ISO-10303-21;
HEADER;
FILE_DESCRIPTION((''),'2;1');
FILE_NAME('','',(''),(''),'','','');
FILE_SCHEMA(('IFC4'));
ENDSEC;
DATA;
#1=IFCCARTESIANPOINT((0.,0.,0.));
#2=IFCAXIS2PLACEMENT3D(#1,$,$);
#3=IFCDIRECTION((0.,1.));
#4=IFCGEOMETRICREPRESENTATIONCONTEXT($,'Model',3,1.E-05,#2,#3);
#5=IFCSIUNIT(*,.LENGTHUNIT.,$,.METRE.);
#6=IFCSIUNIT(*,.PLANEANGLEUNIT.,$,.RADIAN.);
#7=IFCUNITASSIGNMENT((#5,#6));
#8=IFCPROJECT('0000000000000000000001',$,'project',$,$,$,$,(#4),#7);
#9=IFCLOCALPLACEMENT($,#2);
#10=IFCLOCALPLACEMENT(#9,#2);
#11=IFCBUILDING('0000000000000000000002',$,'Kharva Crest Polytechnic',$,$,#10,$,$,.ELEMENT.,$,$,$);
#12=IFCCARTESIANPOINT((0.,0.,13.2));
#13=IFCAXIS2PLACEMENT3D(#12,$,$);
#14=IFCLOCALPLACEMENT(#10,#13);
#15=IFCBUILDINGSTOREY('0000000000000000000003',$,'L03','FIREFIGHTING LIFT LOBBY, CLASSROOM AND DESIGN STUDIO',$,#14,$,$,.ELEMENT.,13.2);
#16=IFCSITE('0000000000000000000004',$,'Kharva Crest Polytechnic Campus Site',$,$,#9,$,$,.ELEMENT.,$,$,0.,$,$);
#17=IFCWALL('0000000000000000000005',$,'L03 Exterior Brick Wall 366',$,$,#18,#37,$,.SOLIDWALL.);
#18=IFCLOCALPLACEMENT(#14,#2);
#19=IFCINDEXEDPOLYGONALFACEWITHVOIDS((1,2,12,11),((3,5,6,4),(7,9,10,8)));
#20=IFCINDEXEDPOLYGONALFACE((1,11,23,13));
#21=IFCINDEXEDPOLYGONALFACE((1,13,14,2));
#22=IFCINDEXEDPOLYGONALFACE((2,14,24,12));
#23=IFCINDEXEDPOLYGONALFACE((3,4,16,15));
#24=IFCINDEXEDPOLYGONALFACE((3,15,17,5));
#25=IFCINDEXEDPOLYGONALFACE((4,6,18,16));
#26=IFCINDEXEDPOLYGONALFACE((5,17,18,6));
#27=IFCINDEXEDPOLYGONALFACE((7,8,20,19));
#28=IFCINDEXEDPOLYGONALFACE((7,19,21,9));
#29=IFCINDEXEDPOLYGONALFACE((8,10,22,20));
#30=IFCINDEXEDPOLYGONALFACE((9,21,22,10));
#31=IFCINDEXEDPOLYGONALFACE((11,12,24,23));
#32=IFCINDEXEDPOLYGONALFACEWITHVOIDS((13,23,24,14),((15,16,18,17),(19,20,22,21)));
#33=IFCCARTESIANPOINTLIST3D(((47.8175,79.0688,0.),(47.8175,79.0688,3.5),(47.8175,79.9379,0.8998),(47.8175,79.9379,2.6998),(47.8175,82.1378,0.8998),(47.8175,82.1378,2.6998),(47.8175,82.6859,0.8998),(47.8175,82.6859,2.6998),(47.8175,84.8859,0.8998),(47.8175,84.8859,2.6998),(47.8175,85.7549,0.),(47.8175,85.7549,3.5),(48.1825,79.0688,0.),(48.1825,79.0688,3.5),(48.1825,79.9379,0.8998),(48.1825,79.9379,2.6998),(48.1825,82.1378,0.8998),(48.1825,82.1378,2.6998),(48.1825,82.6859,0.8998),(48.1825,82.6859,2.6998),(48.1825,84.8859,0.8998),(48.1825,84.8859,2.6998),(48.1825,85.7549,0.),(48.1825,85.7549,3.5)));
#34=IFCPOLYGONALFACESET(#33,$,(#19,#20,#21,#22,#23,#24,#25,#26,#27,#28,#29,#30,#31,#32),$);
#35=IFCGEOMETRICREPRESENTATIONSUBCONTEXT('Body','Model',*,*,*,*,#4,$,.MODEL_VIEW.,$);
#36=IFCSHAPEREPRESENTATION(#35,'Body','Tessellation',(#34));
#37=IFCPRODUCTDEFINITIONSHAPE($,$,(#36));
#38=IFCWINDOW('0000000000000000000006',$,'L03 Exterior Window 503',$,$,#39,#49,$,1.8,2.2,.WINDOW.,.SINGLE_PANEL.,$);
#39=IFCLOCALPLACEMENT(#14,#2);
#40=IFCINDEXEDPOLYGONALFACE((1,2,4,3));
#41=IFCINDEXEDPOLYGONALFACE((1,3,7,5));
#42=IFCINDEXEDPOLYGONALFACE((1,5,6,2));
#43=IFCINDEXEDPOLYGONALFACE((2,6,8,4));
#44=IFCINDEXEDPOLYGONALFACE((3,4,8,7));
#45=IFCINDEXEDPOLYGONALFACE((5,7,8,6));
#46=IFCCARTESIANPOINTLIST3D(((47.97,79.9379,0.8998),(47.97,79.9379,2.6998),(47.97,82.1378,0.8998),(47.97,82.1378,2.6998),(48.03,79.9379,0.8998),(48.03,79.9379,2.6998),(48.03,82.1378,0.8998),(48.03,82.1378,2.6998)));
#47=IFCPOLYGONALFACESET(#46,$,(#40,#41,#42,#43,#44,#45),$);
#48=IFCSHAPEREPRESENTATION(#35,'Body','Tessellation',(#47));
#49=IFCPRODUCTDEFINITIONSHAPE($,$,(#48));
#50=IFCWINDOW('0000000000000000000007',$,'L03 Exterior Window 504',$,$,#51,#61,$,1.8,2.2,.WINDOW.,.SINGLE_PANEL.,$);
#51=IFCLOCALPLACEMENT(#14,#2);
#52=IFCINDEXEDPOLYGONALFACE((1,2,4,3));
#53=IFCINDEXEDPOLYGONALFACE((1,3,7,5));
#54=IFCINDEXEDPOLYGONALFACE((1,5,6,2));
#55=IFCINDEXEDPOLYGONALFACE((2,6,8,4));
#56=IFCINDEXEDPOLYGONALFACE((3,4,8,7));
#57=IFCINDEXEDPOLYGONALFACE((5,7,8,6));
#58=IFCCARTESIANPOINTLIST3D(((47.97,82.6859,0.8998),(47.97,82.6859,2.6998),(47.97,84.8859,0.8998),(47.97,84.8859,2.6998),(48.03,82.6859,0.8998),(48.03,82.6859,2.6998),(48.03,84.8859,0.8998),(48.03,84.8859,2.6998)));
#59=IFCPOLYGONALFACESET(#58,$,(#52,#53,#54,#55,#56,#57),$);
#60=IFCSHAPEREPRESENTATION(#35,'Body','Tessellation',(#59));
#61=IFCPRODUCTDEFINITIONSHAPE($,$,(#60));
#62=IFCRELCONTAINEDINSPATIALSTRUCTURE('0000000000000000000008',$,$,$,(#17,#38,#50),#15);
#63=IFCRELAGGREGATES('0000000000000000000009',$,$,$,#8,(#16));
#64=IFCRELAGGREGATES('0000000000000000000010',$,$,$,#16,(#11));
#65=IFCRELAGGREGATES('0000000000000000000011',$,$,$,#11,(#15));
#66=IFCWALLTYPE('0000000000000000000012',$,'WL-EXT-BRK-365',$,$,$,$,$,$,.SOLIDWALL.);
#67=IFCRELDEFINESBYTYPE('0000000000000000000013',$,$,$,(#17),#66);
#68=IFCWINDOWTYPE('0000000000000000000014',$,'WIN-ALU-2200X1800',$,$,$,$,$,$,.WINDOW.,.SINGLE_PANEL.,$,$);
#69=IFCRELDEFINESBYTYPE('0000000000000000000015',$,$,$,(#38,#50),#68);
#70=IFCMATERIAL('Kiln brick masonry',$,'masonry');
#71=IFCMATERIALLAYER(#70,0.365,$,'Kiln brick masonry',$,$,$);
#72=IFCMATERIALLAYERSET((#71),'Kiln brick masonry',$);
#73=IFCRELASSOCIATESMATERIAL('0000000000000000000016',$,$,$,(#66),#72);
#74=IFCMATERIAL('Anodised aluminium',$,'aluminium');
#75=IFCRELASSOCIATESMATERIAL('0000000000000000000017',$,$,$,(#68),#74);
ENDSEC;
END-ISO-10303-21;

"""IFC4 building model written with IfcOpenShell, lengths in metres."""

from ifc_helpers import new_model, si_unit, direction, frame, frame_2d, origin, place, context, subcontext, project, spatial, rectangle, extrude, material, layer, layer_set, type_object, element, fill, save


model = new_model("IFC4")

# Units and contexts
model_context = context("Model", 3, precision=1e-05, world=origin(), true_north=direction((0.0, 1.0)))
body_context = subcontext(model_context, "Body", "Model", "MODEL_VIEW")
ifc_project = project(units=[si_unit("LENGTHUNIT", "METRE"), si_unit("PLANEANGLEUNIT", "RADIAN")], contexts=[model_context])

# Site, building, storey
site_placement = place(None, origin())
site = spatial("IfcSite", under=ifc_project, at=site_placement, Name="Kharva Crest Polytechnic Campus Site", CompositionType="ELEMENT", RefElevation=0.0)
building_placement = place(site_placement, origin())
building = spatial("IfcBuilding", under=site, at=building_placement, Name="Kharva Crest Polytechnic", CompositionType="ELEMENT")
storey_placement = place(building_placement, frame((0.0, 0.0, 13.2)))
storey = spatial("IfcBuildingStorey", under=building, at=storey_placement, Name="L03", Description="FIREFIGHTING LIFT LOBBY, CLASSROOM AND DESIGN STUDIO", CompositionType="ELEMENT", Elevation=13.2)

# Wall, openings, windows
ifc_material_1 = material(Name="Kiln brick masonry", Category="masonry")
ifc_layer_1 = layer(ifc_material_1, 0.365, Name="Kiln brick masonry")
ifc_layer_set_1 = layer_set([ifc_layer_1], Name="Kiln brick masonry")
wall_type = type_object("IfcWallType", Name="WL-EXT-BRK-365", PredefinedType="SOLIDWALL", material=ifc_layer_set_1)
wall_placement = place(storey_placement, frame((48.0, 79.0688, 0.0), z_axis=(0.0, 0.0, 1.0), x_axis=(0.0, 1.0, 0.0)))
wall = element("IfcWall", 1, at=wall_placement, inside=storey, type_object=wall_type, Name="L03 Exterior Brick Wall 366", PredefinedType="SOLIDWALL", context=body_context, shape_type="SweptSolid", body=[
    extrude(rectangle(XDim=6.686, YDim=0.365, at=frame_2d((3.343, 0.0))), origin(), (0.0, 0.0, 1.0), 3.5),
])
opening_1_placement = place(wall_placement, frame((0.8689, 0.0, 0.8999)))
opening_1 = element("IfcOpeningElement", 2, at=opening_1_placement, cuts=wall, PredefinedType="OPENING", context=body_context, shape_type="SweptSolid", body=[
    extrude(rectangle(XDim=2.2, YDim=1.8, at=frame_2d((1.1001, 0.8999))), frame((0.0, 0.1924, 0.0), z_axis=(0.0, -1.0, 0.0), x_axis=(1.0, 0.0, 0.0)), (0.0, 0.0, 1.0), 0.385),
])
opening_2_placement = place(wall_placement, frame((3.6169, 0.0, 0.8999)))
opening_2 = element("IfcOpeningElement", 3, at=opening_2_placement, cuts=wall, PredefinedType="OPENING", context=body_context, shape_type="SweptSolid", body=[
    extrude(rectangle(XDim=2.2, YDim=1.8, at=frame_2d((1.1001, 0.8999))), frame((0.0, 0.1924, 0.0), z_axis=(0.0, -1.0, 0.0), x_axis=(1.0, 0.0, 0.0)), (0.0, 0.0, 1.0), 0.385),
])
ifc_material_2 = material(Name="Anodised aluminium", Category="aluminium")
window_type = type_object("IfcWindowType", Name="WIN-ALU-2200X1800", PartitioningType="SINGLE_PANEL", PredefinedType="WINDOW", material=ifc_material_2)
window_1_placement = place(opening_1_placement, origin())
window_1 = element("IfcWindow", 4, at=window_1_placement, inside=storey, type_object=window_type, Name="L03 Exterior Window 503", OverallHeight=1.8, OverallWidth=2.2, PartitioningType="SINGLE_PANEL", PredefinedType="WINDOW", context=body_context, shape_type="SweptSolid", body=[
    extrude(rectangle(XDim=2.2, YDim=1.8, at=frame_2d((1.1001, 0.8999))), frame((0.0, 0.03, 0.0), z_axis=(0.0, -1.0, 0.0), x_axis=(1.0, 0.0, 0.0)), (0.0, 0.0, 1.0), 0.0601),
])
fill(opening_1, window_1)
window_2_placement = place(opening_2_placement, origin())
window_2 = element("IfcWindow", 5, at=window_2_placement, inside=storey, type_object=window_type, Name="L03 Exterior Window 504", OverallHeight=1.8, OverallWidth=2.2, PartitioningType="SINGLE_PANEL", PredefinedType="WINDOW", context=body_context, shape_type="SweptSolid", body=[
    extrude(rectangle(XDim=2.2, YDim=1.8, at=frame_2d((1.1001, 0.8999))), frame((0.0, 0.03, 0.0), z_axis=(0.0, -1.0, 0.0), x_axis=(1.0, 0.0, 0.0)), (0.0, 0.0, 1.0), 0.0601),
])
fill(opening_2, window_2)

save(model, "model.ifc")
